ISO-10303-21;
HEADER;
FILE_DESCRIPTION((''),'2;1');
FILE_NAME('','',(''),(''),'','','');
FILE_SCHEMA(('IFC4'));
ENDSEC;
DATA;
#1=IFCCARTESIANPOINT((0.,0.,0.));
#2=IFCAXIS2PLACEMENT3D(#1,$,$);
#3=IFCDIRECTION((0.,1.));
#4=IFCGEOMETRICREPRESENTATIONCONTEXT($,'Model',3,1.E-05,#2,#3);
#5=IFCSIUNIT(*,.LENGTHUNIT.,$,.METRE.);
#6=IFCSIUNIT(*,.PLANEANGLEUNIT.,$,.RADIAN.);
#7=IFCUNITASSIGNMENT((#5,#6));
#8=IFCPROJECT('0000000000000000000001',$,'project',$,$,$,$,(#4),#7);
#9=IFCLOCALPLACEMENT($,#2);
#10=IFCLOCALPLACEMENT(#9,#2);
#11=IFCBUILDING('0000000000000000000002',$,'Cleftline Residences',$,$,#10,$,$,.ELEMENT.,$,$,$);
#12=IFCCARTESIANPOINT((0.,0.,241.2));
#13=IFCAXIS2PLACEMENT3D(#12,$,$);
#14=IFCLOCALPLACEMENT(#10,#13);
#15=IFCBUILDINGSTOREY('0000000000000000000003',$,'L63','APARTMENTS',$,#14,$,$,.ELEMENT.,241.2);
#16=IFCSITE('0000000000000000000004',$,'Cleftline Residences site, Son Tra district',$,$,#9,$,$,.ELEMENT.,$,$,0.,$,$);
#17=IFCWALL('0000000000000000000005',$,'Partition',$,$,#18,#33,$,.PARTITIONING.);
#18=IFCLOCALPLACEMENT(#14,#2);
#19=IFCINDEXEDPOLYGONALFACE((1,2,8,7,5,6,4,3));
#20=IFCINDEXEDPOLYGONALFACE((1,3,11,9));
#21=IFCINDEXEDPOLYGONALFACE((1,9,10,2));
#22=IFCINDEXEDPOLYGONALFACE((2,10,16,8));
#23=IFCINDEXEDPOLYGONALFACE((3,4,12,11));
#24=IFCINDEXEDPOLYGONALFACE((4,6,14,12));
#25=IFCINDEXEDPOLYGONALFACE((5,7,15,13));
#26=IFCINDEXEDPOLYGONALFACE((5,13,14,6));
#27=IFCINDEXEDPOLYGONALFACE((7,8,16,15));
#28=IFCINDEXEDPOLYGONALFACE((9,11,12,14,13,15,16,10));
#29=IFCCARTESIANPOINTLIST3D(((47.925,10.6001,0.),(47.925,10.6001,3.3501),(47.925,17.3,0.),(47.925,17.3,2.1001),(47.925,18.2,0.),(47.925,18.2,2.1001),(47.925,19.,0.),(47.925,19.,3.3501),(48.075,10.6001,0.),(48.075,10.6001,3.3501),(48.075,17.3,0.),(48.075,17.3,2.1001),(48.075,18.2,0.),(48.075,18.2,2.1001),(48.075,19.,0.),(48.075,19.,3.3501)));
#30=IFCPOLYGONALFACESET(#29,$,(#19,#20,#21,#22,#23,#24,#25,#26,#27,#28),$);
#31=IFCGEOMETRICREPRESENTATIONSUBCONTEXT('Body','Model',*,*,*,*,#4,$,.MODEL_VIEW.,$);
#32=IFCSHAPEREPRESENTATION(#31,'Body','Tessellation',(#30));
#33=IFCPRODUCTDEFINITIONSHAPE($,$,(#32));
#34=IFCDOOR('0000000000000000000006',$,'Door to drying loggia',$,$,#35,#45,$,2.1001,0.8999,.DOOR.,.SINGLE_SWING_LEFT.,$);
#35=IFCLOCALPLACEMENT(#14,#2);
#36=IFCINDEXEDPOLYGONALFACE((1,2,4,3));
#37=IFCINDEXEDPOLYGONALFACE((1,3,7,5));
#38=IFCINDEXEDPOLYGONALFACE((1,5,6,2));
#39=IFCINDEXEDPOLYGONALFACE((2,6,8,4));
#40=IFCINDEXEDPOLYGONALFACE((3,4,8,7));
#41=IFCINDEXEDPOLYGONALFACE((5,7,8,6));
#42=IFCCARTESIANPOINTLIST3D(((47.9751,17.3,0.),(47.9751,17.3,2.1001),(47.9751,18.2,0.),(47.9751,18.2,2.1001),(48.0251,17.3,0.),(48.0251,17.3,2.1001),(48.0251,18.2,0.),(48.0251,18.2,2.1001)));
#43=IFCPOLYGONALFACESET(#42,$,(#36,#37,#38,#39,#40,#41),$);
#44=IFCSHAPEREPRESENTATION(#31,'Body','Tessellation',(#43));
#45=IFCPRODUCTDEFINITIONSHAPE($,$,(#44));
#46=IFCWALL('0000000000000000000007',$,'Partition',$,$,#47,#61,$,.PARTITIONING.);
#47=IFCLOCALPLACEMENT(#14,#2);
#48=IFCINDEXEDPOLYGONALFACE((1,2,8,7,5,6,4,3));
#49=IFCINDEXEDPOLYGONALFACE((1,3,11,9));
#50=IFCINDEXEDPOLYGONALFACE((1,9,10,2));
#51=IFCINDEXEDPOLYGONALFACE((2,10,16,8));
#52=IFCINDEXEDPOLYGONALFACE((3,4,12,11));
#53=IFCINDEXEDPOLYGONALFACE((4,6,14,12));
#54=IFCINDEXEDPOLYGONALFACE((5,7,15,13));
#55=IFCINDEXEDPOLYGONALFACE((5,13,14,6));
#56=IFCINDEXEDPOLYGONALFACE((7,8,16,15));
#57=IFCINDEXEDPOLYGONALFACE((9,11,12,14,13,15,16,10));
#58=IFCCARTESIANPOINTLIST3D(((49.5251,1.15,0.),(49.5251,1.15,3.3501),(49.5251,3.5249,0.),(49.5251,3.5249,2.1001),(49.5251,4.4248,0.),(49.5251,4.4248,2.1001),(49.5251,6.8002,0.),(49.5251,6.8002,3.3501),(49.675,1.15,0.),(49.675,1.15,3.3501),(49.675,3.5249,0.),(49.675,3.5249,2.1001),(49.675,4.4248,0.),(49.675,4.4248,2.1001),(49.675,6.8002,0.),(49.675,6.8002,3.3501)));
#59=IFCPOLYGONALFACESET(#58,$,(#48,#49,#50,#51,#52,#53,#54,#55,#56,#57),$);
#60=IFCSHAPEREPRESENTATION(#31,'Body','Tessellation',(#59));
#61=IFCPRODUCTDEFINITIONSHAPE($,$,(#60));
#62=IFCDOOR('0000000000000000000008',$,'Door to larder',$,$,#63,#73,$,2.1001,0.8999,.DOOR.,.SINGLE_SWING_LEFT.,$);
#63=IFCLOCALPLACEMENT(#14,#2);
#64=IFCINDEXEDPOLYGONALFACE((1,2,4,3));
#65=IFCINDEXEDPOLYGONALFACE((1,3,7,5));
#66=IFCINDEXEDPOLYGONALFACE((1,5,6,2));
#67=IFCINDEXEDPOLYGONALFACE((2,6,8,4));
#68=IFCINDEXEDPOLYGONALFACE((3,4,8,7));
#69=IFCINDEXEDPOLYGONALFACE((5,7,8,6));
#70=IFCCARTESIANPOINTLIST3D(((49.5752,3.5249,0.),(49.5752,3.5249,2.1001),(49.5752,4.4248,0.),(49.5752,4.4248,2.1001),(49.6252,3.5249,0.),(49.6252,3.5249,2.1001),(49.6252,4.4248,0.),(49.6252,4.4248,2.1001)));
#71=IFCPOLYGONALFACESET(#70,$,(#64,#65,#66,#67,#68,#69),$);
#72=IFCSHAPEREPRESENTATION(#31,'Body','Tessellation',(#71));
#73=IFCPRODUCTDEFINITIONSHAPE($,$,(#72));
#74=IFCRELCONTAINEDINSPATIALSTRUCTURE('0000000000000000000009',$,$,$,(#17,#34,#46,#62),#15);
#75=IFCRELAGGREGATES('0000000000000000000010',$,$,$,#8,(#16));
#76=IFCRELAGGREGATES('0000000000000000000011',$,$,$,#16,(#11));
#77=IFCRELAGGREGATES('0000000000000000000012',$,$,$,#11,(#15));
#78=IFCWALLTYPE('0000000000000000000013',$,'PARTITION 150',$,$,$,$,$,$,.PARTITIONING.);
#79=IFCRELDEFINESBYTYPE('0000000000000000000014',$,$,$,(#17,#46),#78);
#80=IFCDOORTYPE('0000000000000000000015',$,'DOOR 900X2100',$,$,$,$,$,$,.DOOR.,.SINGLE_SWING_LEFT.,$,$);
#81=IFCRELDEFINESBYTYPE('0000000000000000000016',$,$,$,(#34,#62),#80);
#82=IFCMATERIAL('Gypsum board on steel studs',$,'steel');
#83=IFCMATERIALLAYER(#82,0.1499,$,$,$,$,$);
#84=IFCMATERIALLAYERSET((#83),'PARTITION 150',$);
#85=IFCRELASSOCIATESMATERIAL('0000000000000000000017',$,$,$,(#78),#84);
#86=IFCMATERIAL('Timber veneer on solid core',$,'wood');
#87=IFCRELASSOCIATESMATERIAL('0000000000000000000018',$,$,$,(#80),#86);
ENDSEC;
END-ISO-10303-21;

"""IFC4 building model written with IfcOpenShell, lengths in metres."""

from ifc_helpers import new_model, si_unit, direction, frame, frame_2d, origin, place, context, subcontext, project, spatial, rectangle, extrude, material, layer, layer_set, type_object, element, fill, save


model = new_model("IFC4")

# Units and contexts
model_context = context("Model", 3, precision=1e-05, world=origin(), true_north=direction((0.0, 1.0)))
body_context = subcontext(model_context, "Body", "Model", "MODEL_VIEW")
ifc_project = project(units=[si_unit("LENGTHUNIT", "METRE"), si_unit("PLANEANGLEUNIT", "RADIAN")], contexts=[model_context])

# Site, building, storey
site_placement = place(None, origin())
site = spatial("IfcSite", under=ifc_project, at=site_placement, Name="Cleftline Residences site, Son Tra district", CompositionType="ELEMENT", RefElevation=0.0)
building_placement = place(site_placement, origin())
building = spatial("IfcBuilding", under=site, at=building_placement, Name="Cleftline Residences", CompositionType="ELEMENT")
storey_placement = place(building_placement, frame((0.0, 0.0, 241.2)))
storey = spatial("IfcBuildingStorey", under=building, at=storey_placement, Name="L63", Description="APARTMENTS", CompositionType="ELEMENT", Elevation=241.2)

# Shared definitions
ifc_material_1 = material(Name="Gypsum board on steel studs", Category="steel")
ifc_layer_1 = layer(ifc_material_1, 0.1499)
ifc_layer_set_1 = layer_set([ifc_layer_1], Name="PARTITION 150")
wall_type_1 = type_object("IfcWallType", Name="PARTITION 150", PredefinedType="PARTITIONING", material=ifc_layer_set_1)

# Shared definitions
ifc_material_2 = material(Name="Timber veneer on solid core", Category="wood")
door_type_1 = type_object("IfcDoorType", Name="DOOR 900X2100", OperationType="SINGLE_SWING_LEFT", PredefinedType="DOOR", material=ifc_material_2)

# Walls, openings, doors
wall_1_placement = place(storey_placement, frame((48.0, 10.6001, 0.0), z_axis=(0.0, 0.0, 1.0), x_axis=(0.0, 1.0, 0.0)))
wall_1 = element("IfcWall", 1, at=wall_1_placement, inside=storey, type_object=wall_type_1, Name="Partition", PredefinedType="PARTITIONING", context=body_context, shape_type="SweptSolid", body=[
    extrude(rectangle(XDim=8.3999, YDim=0.1499, at=frame_2d((4.2, 0.0))), origin(), (0.0, 0.0, 1.0), 3.3501),
])
opening_1_placement = place(wall_1_placement, frame((6.7, 0.0, 0.0)))
opening_1 = element("IfcOpeningElement", 2, at=opening_1_placement, cuts=wall_1, PredefinedType="OPENING", context=body_context, shape_type="SweptSolid", body=[
    extrude(rectangle(XDim=0.8999, YDim=2.1001, at=frame_2d((0.45, 1.05))), frame((0.0, 0.085, 0.0), z_axis=(0.0, -1.0, 0.0), x_axis=(1.0, 0.0, 0.0)), (0.0, 0.0, 1.0), 0.1699),
])
door_1_placement = place(opening_1_placement, origin())
door_1 = element("IfcDoor", 3, at=door_1_placement, inside=storey, type_object=door_type_1, Name="Door to drying loggia", OperationType="SINGLE_SWING_LEFT", OverallHeight=2.1001, OverallWidth=0.8999, PredefinedType="DOOR", context=body_context, shape_type="SweptSolid", body=[
    extrude(rectangle(XDim=0.8999, YDim=2.1001, at=frame_2d((0.45, 1.05))), frame((0.0, 0.0249, 0.0), z_axis=(0.0, -1.0, 0.0), x_axis=(1.0, 0.0, 0.0)), (0.0, 0.0, 1.0), 0.05),
])
fill(opening_1, door_1)
wall_2_placement = place(storey_placement, frame((49.6001, 1.1499, 0.0), z_axis=(0.0, 0.0, 1.0), x_axis=(0.0, 1.0, 0.0)))
wall_2 = element("IfcWall", 4, at=wall_2_placement, inside=storey, type_object=wall_type_1, Name="Partition", PredefinedType="PARTITIONING", context=body_context, shape_type="SweptSolid", body=[
    extrude(rectangle(XDim=5.6501, YDim=0.1499, at=frame_2d((2.8252, 0.0))), origin(), (0.0, 0.0, 1.0), 3.3501),
])
opening_2_placement = place(wall_2_placement, frame((2.375, 0.0, 0.0)))
opening_2 = element("IfcOpeningElement", 5, at=opening_2_placement, cuts=wall_2, PredefinedType="OPENING", context=body_context, shape_type="SweptSolid", body=[
    extrude(rectangle(XDim=0.8999, YDim=2.1001, at=frame_2d((0.45, 1.05))), frame((0.0, 0.085, 0.0), z_axis=(0.0, -1.0, 0.0), x_axis=(1.0, 0.0, 0.0)), (0.0, 0.0, 1.0), 0.1699),
])
door_2_placement = place(opening_2_placement, origin())
door_2 = element("IfcDoor", 6, at=door_2_placement, inside=storey, type_object=door_type_1, Name="Door to larder", OperationType="SINGLE_SWING_LEFT", OverallHeight=2.1001, OverallWidth=0.8999, PredefinedType="DOOR", context=body_context, shape_type="SweptSolid", body=[
    extrude(rectangle(XDim=0.8999, YDim=2.1001, at=frame_2d((0.45, 1.05))), frame((0.0, 0.0249, 0.0), z_axis=(0.0, -1.0, 0.0), x_axis=(1.0, 0.0, 0.0)), (0.0, 0.0, 1.0), 0.05),
])
fill(opening_2, door_2)

save(model, "model.ifc")
